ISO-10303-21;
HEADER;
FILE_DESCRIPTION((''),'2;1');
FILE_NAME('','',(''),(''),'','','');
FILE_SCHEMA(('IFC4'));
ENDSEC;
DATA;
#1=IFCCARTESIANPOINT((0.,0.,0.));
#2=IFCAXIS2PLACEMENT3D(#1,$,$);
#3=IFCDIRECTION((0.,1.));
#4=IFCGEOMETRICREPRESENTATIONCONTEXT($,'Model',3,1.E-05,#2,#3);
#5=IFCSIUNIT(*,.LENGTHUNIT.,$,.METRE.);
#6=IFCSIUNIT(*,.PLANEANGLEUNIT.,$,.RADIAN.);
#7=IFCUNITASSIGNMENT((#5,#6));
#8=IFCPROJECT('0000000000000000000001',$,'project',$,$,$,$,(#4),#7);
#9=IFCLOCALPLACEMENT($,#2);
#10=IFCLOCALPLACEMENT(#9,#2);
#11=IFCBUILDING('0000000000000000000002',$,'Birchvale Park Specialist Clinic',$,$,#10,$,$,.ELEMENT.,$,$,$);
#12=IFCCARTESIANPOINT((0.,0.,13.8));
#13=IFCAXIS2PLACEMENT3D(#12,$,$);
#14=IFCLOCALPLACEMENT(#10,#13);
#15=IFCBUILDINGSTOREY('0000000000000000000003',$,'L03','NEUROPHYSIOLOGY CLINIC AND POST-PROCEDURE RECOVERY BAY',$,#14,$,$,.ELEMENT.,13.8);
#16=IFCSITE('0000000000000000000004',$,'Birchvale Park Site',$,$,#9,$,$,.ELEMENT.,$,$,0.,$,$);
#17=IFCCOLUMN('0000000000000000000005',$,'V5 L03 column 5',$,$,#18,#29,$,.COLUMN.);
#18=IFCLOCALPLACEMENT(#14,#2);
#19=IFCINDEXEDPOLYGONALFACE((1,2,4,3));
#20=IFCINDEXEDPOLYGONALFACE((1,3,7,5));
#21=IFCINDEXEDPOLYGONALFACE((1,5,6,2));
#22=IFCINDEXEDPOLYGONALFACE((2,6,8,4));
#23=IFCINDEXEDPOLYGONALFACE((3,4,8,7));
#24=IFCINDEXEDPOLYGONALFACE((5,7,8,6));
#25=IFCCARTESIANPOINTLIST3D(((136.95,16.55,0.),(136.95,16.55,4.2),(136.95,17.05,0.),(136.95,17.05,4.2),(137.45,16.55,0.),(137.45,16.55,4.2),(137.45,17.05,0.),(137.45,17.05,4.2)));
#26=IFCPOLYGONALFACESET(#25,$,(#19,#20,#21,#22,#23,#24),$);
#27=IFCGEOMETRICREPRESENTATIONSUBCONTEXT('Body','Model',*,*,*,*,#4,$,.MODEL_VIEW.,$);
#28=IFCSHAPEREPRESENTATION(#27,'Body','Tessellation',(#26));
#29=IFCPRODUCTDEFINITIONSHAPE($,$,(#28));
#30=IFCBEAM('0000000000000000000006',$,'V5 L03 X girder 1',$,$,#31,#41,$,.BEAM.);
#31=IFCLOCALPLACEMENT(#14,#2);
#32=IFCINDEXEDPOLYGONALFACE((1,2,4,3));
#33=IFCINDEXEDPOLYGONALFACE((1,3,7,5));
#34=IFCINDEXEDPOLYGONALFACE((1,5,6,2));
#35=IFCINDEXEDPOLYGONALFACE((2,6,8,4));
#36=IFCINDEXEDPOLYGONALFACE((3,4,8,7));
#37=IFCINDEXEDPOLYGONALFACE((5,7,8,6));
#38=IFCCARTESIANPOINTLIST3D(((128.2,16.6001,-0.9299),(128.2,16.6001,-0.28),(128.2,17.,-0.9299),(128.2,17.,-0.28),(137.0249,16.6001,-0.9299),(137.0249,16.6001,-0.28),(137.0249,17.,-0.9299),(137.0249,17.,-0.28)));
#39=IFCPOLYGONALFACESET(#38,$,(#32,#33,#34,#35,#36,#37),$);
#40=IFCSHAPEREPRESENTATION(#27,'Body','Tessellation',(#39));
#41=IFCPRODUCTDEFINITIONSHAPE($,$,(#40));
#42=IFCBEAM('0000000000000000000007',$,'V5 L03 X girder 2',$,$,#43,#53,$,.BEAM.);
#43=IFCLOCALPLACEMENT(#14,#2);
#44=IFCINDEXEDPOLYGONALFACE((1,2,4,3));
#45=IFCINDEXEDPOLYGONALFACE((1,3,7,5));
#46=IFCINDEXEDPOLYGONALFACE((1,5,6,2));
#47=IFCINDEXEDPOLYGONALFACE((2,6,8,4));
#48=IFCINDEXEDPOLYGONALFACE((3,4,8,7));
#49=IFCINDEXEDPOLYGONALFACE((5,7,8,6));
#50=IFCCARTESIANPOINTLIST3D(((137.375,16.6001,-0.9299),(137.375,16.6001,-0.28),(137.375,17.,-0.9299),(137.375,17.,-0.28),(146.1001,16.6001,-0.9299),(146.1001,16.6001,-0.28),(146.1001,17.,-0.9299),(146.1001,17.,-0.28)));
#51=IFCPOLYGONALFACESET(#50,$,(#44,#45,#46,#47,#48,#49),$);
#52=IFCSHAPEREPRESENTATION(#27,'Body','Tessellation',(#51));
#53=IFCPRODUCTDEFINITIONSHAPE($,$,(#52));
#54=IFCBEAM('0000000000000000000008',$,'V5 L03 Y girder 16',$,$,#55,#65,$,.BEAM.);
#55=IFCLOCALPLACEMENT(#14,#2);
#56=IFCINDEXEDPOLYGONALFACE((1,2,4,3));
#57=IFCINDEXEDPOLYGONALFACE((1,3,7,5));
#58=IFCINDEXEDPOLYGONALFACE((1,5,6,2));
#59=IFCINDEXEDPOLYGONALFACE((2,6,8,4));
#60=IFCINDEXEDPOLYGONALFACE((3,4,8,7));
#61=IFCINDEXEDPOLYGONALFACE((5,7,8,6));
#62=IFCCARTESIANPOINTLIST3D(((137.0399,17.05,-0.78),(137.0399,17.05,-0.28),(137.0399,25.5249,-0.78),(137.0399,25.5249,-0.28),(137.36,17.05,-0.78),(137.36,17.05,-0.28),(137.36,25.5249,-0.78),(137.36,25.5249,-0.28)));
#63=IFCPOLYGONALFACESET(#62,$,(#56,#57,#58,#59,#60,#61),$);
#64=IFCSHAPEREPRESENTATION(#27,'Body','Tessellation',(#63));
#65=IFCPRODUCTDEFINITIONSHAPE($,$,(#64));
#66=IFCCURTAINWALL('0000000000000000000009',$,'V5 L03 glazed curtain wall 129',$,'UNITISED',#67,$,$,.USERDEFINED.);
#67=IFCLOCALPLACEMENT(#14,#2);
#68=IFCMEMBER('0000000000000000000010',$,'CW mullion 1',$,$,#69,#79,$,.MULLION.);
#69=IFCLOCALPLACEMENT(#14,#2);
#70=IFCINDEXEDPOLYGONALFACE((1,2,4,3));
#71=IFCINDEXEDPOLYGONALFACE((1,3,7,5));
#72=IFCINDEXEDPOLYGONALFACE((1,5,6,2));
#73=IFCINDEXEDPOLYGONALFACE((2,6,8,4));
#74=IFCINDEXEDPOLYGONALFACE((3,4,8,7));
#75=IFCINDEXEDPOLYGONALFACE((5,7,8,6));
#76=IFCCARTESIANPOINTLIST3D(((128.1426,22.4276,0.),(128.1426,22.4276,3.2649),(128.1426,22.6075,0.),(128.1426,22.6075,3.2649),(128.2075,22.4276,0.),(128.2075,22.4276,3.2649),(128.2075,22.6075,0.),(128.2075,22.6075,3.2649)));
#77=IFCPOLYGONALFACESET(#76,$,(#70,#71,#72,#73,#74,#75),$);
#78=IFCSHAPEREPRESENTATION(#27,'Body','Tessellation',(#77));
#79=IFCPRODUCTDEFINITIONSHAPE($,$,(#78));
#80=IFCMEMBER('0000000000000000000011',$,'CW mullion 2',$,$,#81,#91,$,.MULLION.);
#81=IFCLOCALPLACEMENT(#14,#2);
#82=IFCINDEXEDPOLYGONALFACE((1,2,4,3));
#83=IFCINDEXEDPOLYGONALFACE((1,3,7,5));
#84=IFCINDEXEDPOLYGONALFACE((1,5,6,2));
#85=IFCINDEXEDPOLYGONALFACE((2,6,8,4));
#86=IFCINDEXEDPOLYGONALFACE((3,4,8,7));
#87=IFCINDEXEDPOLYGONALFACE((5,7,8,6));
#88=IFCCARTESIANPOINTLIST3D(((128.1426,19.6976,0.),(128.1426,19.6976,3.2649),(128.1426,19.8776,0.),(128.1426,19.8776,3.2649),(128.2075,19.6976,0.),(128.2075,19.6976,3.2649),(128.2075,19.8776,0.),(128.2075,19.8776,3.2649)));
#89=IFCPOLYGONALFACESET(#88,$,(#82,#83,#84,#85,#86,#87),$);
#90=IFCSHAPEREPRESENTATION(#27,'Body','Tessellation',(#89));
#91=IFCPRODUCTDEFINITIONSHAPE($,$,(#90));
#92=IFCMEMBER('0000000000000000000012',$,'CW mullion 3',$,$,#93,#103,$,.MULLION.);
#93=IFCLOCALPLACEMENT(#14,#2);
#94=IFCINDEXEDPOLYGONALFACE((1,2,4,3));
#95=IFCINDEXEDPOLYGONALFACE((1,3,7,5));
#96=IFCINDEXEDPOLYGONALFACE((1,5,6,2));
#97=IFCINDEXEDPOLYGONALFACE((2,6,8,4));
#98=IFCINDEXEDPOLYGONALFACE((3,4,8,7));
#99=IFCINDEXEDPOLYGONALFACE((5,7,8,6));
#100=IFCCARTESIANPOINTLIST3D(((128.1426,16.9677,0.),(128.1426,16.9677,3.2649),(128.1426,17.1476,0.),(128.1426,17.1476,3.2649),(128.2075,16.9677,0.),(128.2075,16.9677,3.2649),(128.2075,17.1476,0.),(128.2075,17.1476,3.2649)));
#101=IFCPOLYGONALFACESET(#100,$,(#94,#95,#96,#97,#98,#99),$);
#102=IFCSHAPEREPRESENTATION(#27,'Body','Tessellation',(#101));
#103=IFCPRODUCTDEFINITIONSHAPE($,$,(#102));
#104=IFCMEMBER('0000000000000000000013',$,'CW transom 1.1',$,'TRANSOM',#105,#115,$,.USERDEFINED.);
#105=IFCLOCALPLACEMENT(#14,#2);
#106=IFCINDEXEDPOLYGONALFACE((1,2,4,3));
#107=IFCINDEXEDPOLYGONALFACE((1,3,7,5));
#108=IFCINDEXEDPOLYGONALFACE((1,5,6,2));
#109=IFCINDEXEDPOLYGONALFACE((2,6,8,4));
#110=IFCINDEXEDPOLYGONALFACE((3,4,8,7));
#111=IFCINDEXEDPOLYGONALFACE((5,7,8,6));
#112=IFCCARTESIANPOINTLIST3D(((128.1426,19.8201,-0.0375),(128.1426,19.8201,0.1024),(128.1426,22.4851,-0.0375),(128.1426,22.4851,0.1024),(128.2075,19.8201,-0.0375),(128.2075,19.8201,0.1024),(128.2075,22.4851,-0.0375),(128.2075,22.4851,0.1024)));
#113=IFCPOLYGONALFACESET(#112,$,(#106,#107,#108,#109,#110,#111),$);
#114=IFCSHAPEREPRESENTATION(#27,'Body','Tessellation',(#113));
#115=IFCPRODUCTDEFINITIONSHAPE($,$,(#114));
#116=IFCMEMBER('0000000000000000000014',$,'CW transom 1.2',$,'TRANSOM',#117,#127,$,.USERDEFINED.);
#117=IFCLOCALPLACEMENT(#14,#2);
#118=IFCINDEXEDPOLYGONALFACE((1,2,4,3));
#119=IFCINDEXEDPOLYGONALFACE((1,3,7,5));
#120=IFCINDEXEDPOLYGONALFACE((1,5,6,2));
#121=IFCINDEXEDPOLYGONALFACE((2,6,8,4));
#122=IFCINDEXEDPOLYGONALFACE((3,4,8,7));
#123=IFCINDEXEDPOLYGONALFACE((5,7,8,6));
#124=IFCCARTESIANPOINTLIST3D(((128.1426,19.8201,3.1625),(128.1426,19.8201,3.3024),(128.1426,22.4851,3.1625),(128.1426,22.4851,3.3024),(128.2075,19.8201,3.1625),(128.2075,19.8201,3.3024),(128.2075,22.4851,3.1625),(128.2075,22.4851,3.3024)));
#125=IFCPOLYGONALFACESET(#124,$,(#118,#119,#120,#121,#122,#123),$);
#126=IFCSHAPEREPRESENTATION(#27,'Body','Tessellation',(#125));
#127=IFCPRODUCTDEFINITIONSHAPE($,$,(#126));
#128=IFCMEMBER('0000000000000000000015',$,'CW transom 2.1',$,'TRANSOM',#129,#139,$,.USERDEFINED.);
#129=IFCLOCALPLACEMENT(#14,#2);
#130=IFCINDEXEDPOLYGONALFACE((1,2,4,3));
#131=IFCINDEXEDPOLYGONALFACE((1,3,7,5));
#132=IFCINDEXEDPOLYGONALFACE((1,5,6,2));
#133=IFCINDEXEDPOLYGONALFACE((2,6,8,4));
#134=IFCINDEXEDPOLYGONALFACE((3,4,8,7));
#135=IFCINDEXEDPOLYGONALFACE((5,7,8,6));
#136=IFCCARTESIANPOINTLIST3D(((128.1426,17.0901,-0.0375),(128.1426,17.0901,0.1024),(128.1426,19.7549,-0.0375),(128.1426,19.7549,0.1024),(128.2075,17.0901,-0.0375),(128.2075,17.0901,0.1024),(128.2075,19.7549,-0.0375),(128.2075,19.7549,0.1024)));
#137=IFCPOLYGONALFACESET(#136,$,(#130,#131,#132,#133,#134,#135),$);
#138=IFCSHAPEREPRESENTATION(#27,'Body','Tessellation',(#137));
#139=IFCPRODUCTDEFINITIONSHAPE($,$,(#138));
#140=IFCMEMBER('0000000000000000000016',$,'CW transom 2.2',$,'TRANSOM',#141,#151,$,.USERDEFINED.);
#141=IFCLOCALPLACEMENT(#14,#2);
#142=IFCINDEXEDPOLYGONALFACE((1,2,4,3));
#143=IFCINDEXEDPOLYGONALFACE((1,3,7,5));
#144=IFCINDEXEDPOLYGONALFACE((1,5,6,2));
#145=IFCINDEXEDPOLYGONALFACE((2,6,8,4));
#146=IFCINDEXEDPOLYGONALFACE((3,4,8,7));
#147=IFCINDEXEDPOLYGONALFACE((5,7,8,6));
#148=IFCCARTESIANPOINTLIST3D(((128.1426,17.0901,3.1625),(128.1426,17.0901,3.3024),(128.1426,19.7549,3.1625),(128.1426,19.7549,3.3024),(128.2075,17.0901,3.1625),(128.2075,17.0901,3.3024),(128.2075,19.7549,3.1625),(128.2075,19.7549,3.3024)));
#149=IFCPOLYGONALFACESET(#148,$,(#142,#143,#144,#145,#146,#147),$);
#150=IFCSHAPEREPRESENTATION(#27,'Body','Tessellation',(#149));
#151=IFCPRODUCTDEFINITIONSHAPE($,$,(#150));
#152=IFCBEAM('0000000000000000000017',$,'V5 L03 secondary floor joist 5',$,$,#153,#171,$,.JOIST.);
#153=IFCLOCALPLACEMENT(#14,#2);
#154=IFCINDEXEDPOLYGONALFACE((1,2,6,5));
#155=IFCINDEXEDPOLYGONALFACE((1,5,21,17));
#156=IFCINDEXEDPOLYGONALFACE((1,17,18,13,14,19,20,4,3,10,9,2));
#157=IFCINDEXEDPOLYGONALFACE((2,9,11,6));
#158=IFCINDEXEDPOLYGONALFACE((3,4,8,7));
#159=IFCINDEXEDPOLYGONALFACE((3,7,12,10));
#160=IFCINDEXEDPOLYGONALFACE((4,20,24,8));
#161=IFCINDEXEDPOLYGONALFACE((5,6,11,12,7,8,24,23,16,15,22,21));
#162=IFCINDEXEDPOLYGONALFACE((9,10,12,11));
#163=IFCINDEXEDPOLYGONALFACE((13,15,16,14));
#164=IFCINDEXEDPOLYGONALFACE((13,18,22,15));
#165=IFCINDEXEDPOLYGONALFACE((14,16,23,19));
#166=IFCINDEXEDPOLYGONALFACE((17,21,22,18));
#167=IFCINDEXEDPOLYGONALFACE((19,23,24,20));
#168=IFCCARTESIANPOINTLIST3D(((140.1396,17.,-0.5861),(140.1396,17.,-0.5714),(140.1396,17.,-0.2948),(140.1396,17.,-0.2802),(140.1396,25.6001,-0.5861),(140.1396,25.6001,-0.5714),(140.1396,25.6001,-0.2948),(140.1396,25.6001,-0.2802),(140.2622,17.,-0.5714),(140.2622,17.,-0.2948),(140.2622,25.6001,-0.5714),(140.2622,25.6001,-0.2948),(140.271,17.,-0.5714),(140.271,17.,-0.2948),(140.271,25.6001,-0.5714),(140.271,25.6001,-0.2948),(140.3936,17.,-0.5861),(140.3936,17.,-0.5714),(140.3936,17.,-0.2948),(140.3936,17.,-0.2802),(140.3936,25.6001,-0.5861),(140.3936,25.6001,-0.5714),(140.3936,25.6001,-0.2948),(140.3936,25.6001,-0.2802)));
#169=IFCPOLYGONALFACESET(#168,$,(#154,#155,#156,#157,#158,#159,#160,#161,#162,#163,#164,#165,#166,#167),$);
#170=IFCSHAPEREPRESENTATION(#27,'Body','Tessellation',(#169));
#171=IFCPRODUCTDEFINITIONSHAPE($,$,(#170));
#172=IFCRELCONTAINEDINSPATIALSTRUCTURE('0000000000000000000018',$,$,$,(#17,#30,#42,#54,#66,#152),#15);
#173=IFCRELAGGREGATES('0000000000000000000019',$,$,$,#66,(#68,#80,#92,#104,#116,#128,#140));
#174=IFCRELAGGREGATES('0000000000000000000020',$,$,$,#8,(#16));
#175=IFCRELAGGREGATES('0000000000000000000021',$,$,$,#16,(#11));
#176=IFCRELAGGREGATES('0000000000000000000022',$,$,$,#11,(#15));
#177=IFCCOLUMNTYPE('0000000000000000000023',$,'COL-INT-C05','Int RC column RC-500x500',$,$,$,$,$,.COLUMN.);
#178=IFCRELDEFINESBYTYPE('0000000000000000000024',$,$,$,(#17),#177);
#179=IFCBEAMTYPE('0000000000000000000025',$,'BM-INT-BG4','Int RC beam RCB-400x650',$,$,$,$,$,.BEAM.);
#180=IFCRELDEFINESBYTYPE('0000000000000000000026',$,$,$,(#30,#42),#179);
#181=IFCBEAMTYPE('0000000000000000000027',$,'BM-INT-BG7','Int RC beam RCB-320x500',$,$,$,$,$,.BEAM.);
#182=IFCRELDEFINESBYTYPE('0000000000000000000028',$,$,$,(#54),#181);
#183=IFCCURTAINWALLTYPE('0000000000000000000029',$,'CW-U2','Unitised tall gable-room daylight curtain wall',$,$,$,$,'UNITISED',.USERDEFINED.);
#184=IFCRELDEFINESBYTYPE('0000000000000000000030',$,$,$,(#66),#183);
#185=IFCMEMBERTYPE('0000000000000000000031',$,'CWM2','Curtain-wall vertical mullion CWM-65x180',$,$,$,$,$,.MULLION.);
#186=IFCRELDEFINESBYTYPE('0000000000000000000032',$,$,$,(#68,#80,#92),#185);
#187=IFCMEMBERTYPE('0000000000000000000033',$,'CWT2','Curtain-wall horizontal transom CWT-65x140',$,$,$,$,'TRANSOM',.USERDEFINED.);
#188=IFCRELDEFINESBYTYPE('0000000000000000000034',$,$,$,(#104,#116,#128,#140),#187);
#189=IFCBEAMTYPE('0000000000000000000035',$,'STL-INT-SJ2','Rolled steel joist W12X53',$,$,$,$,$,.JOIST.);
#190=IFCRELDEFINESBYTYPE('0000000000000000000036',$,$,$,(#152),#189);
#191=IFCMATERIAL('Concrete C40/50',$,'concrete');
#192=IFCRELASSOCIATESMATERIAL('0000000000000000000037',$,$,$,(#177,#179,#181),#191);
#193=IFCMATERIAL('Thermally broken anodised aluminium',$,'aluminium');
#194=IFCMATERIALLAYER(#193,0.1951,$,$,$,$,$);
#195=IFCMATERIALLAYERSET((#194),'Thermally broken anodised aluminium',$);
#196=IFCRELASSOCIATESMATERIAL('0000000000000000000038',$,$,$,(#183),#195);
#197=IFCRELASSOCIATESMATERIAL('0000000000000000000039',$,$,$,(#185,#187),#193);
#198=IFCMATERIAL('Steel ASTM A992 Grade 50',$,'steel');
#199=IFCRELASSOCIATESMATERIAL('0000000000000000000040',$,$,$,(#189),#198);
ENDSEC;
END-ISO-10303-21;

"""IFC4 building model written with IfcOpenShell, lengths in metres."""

from ifc_helpers import new_model, si_unit, direction, frame, origin, origin_2d, place, context, subcontext, project, spatial, rectangle, i_section, extrude, material, layer, layer_set, material_profile, profile_set, type_object, element, aggregate, save


model = new_model("IFC4")

# Units and contexts
model_context = context("Model", 3, precision=1e-05, world=origin(), true_north=direction((0.0, 1.0)))
body_context = subcontext(model_context, "Body", "Model", "MODEL_VIEW")
ifc_project = project(units=[si_unit("LENGTHUNIT", "METRE"), si_unit("PLANEANGLEUNIT", "RADIAN")], contexts=[model_context])

# Site, building, storey
site_placement = place(None, origin())
site = spatial("IfcSite", under=ifc_project, at=site_placement, Name="Birchvale Park Site", CompositionType="ELEMENT", RefElevation=0.0)
building_placement = place(site_placement, origin())
building = spatial("IfcBuilding", under=site, at=building_placement, Name="Birchvale Park Specialist Clinic", CompositionType="ELEMENT")
storey_placement = place(building_placement, frame((0.0, 0.0, 13.8)))
storey = spatial("IfcBuildingStorey", under=building, at=storey_placement, Name="L03", Description="NEUROPHYSIOLOGY CLINIC AND POST-PROCEDURE RECOVERY BAY", CompositionType="ELEMENT", Elevation=13.8)

# Column
ifc_material_1 = material(Name="Concrete C40/50", Category="concrete")
ifc_material_profile_1 = material_profile(ifc_material_1, rectangle(XDim=0.5, YDim=0.5, at=origin_2d()), Name="RC-500x500")
ifc_profile_set_1 = profile_set([ifc_material_profile_1], Name="Concrete C40/50")
column_type = type_object("IfcColumnType", Name="COL-INT-C05", Description="Int RC column RC-500x500", PredefinedType="COLUMN", material=ifc_profile_set_1)
column_placement = place(storey_placement, frame((137.2, 16.8, 0.0), z_axis=(0.0, 0.0, 1.0), x_axis=(1.0, 0.0, 0.0)))
element("IfcColumn", 1, at=column_placement, inside=storey, type_object=column_type, Name="V5 L03 column 5", PredefinedType="COLUMN", context=body_context, shape_type="SweptSolid", body=[
    extrude(rectangle(XDim=0.5, YDim=0.5, at=origin_2d()), origin(), (0.0, 0.0, 1.0), 4.2),
])

# Beams
ifc_material_profile_2 = material_profile(ifc_material_1, rectangle(XDim=0.3999, YDim=0.6499, at=origin_2d()), Name="RCB-400x650")
ifc_profile_set_2 = profile_set([ifc_material_profile_2], Name="Concrete C40/50")
beam_type_1 = type_object("IfcBeamType", Name="BM-INT-BG4", Description="Int RC beam RCB-400x650", PredefinedType="BEAM", material=ifc_profile_set_2)
beam_1_placement = place(storey_placement, frame((128.2, 16.8, -0.605), z_axis=(1.0, 0.0, 0.0), x_axis=(0.0, 1.0, 0.0)))
element("IfcBeam", 2, at=beam_1_placement, inside=storey, type_object=beam_type_1, Name="V5 L03 X girder 1", PredefinedType="BEAM", context=body_context, shape_type="SweptSolid", body=[
    extrude(rectangle(XDim=0.3999, YDim=0.6499, at=origin_2d()), origin(), (0.0, 0.0, 1.0), 8.825),
])
beam_2_placement = place(storey_placement, frame((137.375, 16.8, -0.605), z_axis=(1.0, 0.0, 0.0), x_axis=(0.0, 1.0, 0.0)))
element("IfcBeam", 3, at=beam_2_placement, inside=storey, type_object=beam_type_1, Name="V5 L03 X girder 2", PredefinedType="BEAM", context=body_context, shape_type="SweptSolid", body=[
    extrude(rectangle(XDim=0.3999, YDim=0.6499, at=origin_2d()), origin(), (0.0, 0.0, 1.0), 8.7251),
])
ifc_material_profile_3 = material_profile(ifc_material_1, rectangle(XDim=0.3201, YDim=0.5, at=origin_2d()), Name="RCB-320x500")
ifc_profile_set_3 = profile_set([ifc_material_profile_3], Name="Concrete C40/50")
beam_type_2 = type_object("IfcBeamType", Name="BM-INT-BG7", Description="Int RC beam RCB-320x500", PredefinedType="BEAM", material=ifc_profile_set_3)
beam_3_placement = place(storey_placement, frame((137.2, 17.05, -0.53), z_axis=(0.0, 1.0, 0.0), x_axis=(-1.0, 0.0, 0.0)))
element("IfcBeam", 4, at=beam_3_placement, inside=storey, type_object=beam_type_2, Name="V5 L03 Y girder 16", PredefinedType="BEAM", context=body_context, shape_type="SweptSolid", body=[
    extrude(rectangle(XDim=0.3201, YDim=0.5, at=origin_2d()), origin(), (0.0, 0.0, 1.0), 8.4749),
])

# Curtain wall, members
ifc_material_2 = material(Name="Thermally broken anodised aluminium", Category="aluminium")
ifc_layer_1 = layer(ifc_material_2, 0.1951)
ifc_layer_set_1 = layer_set([ifc_layer_1], Name="Thermally broken anodised aluminium")
curtain_wall_type = type_object("IfcCurtainWallType", Name="CW-U2", Description="Unitised tall gable-room daylight curtain wall", ElementType="UNITISED", PredefinedType="USERDEFINED", material=ifc_layer_set_1)
curtain_wall_placement = place(storey_placement, origin())
curtain_wall = element("IfcCurtainWall", 5, at=curtain_wall_placement, inside=storey, type_object=curtain_wall_type, Name="V5 L03 glazed curtain wall 129", ObjectType="UNITISED", PredefinedType="USERDEFINED")
ifc_material_profile_4 = material_profile(ifc_material_2, rectangle(XDim=0.0649, YDim=0.1799, at=origin_2d()), Name="CWM-65x180")
ifc_profile_set_4 = profile_set([ifc_material_profile_4], Name="Thermally broken anodised aluminium")
member_type_1 = type_object("IfcMemberType", Name="CWM2", Description="Curtain-wall vertical mullion CWM-65x180", PredefinedType="MULLION", material=ifc_profile_set_4)
member_1_placement = place(storey_placement, frame((128.175, 22.5176, 0.0), z_axis=(0.0, 0.0, 1.0), x_axis=(1.0, 0.0, 0.0)))
member_1 = element("IfcMember", 6, at=member_1_placement, type_object=member_type_1, Name="CW mullion 1", PredefinedType="MULLION", context=body_context, shape_type="SweptSolid", body=[
    extrude(rectangle(XDim=0.0649, YDim=0.1799, at=origin_2d()), origin(), (0.0, 0.0, 1.0), 3.2649),
])
member_2_placement = place(storey_placement, frame((128.175, 19.7876, 0.0), z_axis=(0.0, 0.0, 1.0), x_axis=(1.0, 0.0, 0.0)))
member_2 = element("IfcMember", 7, at=member_2_placement, type_object=member_type_1, Name="CW mullion 2", PredefinedType="MULLION", context=body_context, shape_type="SweptSolid", body=[
    extrude(rectangle(XDim=0.0649, YDim=0.1799, at=origin_2d()), origin(), (0.0, 0.0, 1.0), 3.2649),
])
member_3_placement = place(storey_placement, frame((128.175, 17.0576, 0.0), z_axis=(0.0, 0.0, 1.0), x_axis=(1.0, 0.0, 0.0)))
member_3 = element("IfcMember", 8, at=member_3_placement, type_object=member_type_1, Name="CW mullion 3", PredefinedType="MULLION", context=body_context, shape_type="SweptSolid", body=[
    extrude(rectangle(XDim=0.0649, YDim=0.1799, at=origin_2d()), origin(), (0.0, 0.0, 1.0), 3.2649),
])
ifc_material_profile_5 = material_profile(ifc_material_2, rectangle(XDim=0.0649, YDim=0.1399, at=origin_2d()), Name="CWT-65x140")
ifc_profile_set_5 = profile_set([ifc_material_profile_5], Name="Thermally broken anodised aluminium")
member_type_2 = type_object("IfcMemberType", Name="CWT2", Description="Curtain-wall horizontal transom CWT-65x140", ElementType="TRANSOM", PredefinedType="USERDEFINED", material=ifc_profile_set_5)
member_4_placement = place(storey_placement, frame((128.175, 22.4851, 0.0325), z_axis=(0.0, -1.0, 0.0), x_axis=(1.0, 0.0, 0.0)))
member_4 = element("IfcMember", 9, at=member_4_placement, type_object=member_type_2, Name="CW transom 1.1", ObjectType="TRANSOM", PredefinedType="USERDEFINED", context=body_context, shape_type="SweptSolid", body=[
    extrude(rectangle(XDim=0.0649, YDim=0.1399, at=origin_2d()), origin(), (0.0, 0.0, 1.0), 2.665),
])
member_5_placement = place(storey_placement, frame((128.175, 22.4851, 3.2324), z_axis=(0.0, -1.0, 0.0), x_axis=(1.0, 0.0, 0.0)))
member_5 = element("IfcMember", 10, at=member_5_placement, type_object=member_type_2, Name="CW transom 1.2", ObjectType="TRANSOM", PredefinedType="USERDEFINED", context=body_context, shape_type="SweptSolid", body=[
    extrude(rectangle(XDim=0.0649, YDim=0.1399, at=origin_2d()), origin(), (0.0, 0.0, 1.0), 2.665),
])
member_6_placement = place(storey_placement, frame((128.175, 19.7549, 0.0325), z_axis=(0.0, -1.0, 0.0), x_axis=(1.0, 0.0, 0.0)))
member_6 = element("IfcMember", 11, at=member_6_placement, type_object=member_type_2, Name="CW transom 2.1", ObjectType="TRANSOM", PredefinedType="USERDEFINED", context=body_context, shape_type="SweptSolid", body=[
    extrude(rectangle(XDim=0.0649, YDim=0.1399, at=origin_2d()), origin(), (0.0, 0.0, 1.0), 2.6648),
])
member_7_placement = place(storey_placement, frame((128.175, 19.7549, 3.2324), z_axis=(0.0, -1.0, 0.0), x_axis=(1.0, 0.0, 0.0)))
member_7 = element("IfcMember", 12, at=member_7_placement, type_object=member_type_2, Name="CW transom 2.2", ObjectType="TRANSOM", PredefinedType="USERDEFINED", context=body_context, shape_type="SweptSolid", body=[
    extrude(rectangle(XDim=0.0649, YDim=0.1399, at=origin_2d()), origin(), (0.0, 0.0, 1.0), 2.6648),
])

# Beam
ifc_material_3 = material(Name="Steel ASTM A992 Grade 50", Category="steel")
ifc_material_profile_6 = material_profile(ifc_material_3, i_section(OverallWidth=0.2539, OverallDepth=0.3059, WebThickness=0.0088, FlangeThickness=0.0146, at=origin_2d()), Name="W12X53")
ifc_profile_set_6 = profile_set([ifc_material_profile_6], Name="Steel ASTM A992 Grade 50")
beam_type_3 = type_object("IfcBeamType", Name="STL-INT-SJ2", Description="Rolled steel joist W12X53", PredefinedType="JOIST", material=ifc_profile_set_6)
beam_4_placement = place(storey_placement, frame((140.2666, 17.0, -0.4331), z_axis=(0.0, 1.0, 0.0), x_axis=(-1.0, 0.0, 0.0)))
element("IfcBeam", 13, at=beam_4_placement, inside=storey, type_object=beam_type_3, Name="V5 L03 secondary floor joist 5", PredefinedType="JOIST", context=body_context, shape_type="SweptSolid", body=[
    extrude(i_section(OverallWidth=0.2539, OverallDepth=0.3059, WebThickness=0.0088, FlangeThickness=0.0146, at=origin_2d()), origin(), (0.0, 0.0, 1.0), 8.6001),
])

aggregate(curtain_wall, [member_1, member_2, member_3, member_4, member_5, member_6, member_7])

save(model, "model.ifc")
